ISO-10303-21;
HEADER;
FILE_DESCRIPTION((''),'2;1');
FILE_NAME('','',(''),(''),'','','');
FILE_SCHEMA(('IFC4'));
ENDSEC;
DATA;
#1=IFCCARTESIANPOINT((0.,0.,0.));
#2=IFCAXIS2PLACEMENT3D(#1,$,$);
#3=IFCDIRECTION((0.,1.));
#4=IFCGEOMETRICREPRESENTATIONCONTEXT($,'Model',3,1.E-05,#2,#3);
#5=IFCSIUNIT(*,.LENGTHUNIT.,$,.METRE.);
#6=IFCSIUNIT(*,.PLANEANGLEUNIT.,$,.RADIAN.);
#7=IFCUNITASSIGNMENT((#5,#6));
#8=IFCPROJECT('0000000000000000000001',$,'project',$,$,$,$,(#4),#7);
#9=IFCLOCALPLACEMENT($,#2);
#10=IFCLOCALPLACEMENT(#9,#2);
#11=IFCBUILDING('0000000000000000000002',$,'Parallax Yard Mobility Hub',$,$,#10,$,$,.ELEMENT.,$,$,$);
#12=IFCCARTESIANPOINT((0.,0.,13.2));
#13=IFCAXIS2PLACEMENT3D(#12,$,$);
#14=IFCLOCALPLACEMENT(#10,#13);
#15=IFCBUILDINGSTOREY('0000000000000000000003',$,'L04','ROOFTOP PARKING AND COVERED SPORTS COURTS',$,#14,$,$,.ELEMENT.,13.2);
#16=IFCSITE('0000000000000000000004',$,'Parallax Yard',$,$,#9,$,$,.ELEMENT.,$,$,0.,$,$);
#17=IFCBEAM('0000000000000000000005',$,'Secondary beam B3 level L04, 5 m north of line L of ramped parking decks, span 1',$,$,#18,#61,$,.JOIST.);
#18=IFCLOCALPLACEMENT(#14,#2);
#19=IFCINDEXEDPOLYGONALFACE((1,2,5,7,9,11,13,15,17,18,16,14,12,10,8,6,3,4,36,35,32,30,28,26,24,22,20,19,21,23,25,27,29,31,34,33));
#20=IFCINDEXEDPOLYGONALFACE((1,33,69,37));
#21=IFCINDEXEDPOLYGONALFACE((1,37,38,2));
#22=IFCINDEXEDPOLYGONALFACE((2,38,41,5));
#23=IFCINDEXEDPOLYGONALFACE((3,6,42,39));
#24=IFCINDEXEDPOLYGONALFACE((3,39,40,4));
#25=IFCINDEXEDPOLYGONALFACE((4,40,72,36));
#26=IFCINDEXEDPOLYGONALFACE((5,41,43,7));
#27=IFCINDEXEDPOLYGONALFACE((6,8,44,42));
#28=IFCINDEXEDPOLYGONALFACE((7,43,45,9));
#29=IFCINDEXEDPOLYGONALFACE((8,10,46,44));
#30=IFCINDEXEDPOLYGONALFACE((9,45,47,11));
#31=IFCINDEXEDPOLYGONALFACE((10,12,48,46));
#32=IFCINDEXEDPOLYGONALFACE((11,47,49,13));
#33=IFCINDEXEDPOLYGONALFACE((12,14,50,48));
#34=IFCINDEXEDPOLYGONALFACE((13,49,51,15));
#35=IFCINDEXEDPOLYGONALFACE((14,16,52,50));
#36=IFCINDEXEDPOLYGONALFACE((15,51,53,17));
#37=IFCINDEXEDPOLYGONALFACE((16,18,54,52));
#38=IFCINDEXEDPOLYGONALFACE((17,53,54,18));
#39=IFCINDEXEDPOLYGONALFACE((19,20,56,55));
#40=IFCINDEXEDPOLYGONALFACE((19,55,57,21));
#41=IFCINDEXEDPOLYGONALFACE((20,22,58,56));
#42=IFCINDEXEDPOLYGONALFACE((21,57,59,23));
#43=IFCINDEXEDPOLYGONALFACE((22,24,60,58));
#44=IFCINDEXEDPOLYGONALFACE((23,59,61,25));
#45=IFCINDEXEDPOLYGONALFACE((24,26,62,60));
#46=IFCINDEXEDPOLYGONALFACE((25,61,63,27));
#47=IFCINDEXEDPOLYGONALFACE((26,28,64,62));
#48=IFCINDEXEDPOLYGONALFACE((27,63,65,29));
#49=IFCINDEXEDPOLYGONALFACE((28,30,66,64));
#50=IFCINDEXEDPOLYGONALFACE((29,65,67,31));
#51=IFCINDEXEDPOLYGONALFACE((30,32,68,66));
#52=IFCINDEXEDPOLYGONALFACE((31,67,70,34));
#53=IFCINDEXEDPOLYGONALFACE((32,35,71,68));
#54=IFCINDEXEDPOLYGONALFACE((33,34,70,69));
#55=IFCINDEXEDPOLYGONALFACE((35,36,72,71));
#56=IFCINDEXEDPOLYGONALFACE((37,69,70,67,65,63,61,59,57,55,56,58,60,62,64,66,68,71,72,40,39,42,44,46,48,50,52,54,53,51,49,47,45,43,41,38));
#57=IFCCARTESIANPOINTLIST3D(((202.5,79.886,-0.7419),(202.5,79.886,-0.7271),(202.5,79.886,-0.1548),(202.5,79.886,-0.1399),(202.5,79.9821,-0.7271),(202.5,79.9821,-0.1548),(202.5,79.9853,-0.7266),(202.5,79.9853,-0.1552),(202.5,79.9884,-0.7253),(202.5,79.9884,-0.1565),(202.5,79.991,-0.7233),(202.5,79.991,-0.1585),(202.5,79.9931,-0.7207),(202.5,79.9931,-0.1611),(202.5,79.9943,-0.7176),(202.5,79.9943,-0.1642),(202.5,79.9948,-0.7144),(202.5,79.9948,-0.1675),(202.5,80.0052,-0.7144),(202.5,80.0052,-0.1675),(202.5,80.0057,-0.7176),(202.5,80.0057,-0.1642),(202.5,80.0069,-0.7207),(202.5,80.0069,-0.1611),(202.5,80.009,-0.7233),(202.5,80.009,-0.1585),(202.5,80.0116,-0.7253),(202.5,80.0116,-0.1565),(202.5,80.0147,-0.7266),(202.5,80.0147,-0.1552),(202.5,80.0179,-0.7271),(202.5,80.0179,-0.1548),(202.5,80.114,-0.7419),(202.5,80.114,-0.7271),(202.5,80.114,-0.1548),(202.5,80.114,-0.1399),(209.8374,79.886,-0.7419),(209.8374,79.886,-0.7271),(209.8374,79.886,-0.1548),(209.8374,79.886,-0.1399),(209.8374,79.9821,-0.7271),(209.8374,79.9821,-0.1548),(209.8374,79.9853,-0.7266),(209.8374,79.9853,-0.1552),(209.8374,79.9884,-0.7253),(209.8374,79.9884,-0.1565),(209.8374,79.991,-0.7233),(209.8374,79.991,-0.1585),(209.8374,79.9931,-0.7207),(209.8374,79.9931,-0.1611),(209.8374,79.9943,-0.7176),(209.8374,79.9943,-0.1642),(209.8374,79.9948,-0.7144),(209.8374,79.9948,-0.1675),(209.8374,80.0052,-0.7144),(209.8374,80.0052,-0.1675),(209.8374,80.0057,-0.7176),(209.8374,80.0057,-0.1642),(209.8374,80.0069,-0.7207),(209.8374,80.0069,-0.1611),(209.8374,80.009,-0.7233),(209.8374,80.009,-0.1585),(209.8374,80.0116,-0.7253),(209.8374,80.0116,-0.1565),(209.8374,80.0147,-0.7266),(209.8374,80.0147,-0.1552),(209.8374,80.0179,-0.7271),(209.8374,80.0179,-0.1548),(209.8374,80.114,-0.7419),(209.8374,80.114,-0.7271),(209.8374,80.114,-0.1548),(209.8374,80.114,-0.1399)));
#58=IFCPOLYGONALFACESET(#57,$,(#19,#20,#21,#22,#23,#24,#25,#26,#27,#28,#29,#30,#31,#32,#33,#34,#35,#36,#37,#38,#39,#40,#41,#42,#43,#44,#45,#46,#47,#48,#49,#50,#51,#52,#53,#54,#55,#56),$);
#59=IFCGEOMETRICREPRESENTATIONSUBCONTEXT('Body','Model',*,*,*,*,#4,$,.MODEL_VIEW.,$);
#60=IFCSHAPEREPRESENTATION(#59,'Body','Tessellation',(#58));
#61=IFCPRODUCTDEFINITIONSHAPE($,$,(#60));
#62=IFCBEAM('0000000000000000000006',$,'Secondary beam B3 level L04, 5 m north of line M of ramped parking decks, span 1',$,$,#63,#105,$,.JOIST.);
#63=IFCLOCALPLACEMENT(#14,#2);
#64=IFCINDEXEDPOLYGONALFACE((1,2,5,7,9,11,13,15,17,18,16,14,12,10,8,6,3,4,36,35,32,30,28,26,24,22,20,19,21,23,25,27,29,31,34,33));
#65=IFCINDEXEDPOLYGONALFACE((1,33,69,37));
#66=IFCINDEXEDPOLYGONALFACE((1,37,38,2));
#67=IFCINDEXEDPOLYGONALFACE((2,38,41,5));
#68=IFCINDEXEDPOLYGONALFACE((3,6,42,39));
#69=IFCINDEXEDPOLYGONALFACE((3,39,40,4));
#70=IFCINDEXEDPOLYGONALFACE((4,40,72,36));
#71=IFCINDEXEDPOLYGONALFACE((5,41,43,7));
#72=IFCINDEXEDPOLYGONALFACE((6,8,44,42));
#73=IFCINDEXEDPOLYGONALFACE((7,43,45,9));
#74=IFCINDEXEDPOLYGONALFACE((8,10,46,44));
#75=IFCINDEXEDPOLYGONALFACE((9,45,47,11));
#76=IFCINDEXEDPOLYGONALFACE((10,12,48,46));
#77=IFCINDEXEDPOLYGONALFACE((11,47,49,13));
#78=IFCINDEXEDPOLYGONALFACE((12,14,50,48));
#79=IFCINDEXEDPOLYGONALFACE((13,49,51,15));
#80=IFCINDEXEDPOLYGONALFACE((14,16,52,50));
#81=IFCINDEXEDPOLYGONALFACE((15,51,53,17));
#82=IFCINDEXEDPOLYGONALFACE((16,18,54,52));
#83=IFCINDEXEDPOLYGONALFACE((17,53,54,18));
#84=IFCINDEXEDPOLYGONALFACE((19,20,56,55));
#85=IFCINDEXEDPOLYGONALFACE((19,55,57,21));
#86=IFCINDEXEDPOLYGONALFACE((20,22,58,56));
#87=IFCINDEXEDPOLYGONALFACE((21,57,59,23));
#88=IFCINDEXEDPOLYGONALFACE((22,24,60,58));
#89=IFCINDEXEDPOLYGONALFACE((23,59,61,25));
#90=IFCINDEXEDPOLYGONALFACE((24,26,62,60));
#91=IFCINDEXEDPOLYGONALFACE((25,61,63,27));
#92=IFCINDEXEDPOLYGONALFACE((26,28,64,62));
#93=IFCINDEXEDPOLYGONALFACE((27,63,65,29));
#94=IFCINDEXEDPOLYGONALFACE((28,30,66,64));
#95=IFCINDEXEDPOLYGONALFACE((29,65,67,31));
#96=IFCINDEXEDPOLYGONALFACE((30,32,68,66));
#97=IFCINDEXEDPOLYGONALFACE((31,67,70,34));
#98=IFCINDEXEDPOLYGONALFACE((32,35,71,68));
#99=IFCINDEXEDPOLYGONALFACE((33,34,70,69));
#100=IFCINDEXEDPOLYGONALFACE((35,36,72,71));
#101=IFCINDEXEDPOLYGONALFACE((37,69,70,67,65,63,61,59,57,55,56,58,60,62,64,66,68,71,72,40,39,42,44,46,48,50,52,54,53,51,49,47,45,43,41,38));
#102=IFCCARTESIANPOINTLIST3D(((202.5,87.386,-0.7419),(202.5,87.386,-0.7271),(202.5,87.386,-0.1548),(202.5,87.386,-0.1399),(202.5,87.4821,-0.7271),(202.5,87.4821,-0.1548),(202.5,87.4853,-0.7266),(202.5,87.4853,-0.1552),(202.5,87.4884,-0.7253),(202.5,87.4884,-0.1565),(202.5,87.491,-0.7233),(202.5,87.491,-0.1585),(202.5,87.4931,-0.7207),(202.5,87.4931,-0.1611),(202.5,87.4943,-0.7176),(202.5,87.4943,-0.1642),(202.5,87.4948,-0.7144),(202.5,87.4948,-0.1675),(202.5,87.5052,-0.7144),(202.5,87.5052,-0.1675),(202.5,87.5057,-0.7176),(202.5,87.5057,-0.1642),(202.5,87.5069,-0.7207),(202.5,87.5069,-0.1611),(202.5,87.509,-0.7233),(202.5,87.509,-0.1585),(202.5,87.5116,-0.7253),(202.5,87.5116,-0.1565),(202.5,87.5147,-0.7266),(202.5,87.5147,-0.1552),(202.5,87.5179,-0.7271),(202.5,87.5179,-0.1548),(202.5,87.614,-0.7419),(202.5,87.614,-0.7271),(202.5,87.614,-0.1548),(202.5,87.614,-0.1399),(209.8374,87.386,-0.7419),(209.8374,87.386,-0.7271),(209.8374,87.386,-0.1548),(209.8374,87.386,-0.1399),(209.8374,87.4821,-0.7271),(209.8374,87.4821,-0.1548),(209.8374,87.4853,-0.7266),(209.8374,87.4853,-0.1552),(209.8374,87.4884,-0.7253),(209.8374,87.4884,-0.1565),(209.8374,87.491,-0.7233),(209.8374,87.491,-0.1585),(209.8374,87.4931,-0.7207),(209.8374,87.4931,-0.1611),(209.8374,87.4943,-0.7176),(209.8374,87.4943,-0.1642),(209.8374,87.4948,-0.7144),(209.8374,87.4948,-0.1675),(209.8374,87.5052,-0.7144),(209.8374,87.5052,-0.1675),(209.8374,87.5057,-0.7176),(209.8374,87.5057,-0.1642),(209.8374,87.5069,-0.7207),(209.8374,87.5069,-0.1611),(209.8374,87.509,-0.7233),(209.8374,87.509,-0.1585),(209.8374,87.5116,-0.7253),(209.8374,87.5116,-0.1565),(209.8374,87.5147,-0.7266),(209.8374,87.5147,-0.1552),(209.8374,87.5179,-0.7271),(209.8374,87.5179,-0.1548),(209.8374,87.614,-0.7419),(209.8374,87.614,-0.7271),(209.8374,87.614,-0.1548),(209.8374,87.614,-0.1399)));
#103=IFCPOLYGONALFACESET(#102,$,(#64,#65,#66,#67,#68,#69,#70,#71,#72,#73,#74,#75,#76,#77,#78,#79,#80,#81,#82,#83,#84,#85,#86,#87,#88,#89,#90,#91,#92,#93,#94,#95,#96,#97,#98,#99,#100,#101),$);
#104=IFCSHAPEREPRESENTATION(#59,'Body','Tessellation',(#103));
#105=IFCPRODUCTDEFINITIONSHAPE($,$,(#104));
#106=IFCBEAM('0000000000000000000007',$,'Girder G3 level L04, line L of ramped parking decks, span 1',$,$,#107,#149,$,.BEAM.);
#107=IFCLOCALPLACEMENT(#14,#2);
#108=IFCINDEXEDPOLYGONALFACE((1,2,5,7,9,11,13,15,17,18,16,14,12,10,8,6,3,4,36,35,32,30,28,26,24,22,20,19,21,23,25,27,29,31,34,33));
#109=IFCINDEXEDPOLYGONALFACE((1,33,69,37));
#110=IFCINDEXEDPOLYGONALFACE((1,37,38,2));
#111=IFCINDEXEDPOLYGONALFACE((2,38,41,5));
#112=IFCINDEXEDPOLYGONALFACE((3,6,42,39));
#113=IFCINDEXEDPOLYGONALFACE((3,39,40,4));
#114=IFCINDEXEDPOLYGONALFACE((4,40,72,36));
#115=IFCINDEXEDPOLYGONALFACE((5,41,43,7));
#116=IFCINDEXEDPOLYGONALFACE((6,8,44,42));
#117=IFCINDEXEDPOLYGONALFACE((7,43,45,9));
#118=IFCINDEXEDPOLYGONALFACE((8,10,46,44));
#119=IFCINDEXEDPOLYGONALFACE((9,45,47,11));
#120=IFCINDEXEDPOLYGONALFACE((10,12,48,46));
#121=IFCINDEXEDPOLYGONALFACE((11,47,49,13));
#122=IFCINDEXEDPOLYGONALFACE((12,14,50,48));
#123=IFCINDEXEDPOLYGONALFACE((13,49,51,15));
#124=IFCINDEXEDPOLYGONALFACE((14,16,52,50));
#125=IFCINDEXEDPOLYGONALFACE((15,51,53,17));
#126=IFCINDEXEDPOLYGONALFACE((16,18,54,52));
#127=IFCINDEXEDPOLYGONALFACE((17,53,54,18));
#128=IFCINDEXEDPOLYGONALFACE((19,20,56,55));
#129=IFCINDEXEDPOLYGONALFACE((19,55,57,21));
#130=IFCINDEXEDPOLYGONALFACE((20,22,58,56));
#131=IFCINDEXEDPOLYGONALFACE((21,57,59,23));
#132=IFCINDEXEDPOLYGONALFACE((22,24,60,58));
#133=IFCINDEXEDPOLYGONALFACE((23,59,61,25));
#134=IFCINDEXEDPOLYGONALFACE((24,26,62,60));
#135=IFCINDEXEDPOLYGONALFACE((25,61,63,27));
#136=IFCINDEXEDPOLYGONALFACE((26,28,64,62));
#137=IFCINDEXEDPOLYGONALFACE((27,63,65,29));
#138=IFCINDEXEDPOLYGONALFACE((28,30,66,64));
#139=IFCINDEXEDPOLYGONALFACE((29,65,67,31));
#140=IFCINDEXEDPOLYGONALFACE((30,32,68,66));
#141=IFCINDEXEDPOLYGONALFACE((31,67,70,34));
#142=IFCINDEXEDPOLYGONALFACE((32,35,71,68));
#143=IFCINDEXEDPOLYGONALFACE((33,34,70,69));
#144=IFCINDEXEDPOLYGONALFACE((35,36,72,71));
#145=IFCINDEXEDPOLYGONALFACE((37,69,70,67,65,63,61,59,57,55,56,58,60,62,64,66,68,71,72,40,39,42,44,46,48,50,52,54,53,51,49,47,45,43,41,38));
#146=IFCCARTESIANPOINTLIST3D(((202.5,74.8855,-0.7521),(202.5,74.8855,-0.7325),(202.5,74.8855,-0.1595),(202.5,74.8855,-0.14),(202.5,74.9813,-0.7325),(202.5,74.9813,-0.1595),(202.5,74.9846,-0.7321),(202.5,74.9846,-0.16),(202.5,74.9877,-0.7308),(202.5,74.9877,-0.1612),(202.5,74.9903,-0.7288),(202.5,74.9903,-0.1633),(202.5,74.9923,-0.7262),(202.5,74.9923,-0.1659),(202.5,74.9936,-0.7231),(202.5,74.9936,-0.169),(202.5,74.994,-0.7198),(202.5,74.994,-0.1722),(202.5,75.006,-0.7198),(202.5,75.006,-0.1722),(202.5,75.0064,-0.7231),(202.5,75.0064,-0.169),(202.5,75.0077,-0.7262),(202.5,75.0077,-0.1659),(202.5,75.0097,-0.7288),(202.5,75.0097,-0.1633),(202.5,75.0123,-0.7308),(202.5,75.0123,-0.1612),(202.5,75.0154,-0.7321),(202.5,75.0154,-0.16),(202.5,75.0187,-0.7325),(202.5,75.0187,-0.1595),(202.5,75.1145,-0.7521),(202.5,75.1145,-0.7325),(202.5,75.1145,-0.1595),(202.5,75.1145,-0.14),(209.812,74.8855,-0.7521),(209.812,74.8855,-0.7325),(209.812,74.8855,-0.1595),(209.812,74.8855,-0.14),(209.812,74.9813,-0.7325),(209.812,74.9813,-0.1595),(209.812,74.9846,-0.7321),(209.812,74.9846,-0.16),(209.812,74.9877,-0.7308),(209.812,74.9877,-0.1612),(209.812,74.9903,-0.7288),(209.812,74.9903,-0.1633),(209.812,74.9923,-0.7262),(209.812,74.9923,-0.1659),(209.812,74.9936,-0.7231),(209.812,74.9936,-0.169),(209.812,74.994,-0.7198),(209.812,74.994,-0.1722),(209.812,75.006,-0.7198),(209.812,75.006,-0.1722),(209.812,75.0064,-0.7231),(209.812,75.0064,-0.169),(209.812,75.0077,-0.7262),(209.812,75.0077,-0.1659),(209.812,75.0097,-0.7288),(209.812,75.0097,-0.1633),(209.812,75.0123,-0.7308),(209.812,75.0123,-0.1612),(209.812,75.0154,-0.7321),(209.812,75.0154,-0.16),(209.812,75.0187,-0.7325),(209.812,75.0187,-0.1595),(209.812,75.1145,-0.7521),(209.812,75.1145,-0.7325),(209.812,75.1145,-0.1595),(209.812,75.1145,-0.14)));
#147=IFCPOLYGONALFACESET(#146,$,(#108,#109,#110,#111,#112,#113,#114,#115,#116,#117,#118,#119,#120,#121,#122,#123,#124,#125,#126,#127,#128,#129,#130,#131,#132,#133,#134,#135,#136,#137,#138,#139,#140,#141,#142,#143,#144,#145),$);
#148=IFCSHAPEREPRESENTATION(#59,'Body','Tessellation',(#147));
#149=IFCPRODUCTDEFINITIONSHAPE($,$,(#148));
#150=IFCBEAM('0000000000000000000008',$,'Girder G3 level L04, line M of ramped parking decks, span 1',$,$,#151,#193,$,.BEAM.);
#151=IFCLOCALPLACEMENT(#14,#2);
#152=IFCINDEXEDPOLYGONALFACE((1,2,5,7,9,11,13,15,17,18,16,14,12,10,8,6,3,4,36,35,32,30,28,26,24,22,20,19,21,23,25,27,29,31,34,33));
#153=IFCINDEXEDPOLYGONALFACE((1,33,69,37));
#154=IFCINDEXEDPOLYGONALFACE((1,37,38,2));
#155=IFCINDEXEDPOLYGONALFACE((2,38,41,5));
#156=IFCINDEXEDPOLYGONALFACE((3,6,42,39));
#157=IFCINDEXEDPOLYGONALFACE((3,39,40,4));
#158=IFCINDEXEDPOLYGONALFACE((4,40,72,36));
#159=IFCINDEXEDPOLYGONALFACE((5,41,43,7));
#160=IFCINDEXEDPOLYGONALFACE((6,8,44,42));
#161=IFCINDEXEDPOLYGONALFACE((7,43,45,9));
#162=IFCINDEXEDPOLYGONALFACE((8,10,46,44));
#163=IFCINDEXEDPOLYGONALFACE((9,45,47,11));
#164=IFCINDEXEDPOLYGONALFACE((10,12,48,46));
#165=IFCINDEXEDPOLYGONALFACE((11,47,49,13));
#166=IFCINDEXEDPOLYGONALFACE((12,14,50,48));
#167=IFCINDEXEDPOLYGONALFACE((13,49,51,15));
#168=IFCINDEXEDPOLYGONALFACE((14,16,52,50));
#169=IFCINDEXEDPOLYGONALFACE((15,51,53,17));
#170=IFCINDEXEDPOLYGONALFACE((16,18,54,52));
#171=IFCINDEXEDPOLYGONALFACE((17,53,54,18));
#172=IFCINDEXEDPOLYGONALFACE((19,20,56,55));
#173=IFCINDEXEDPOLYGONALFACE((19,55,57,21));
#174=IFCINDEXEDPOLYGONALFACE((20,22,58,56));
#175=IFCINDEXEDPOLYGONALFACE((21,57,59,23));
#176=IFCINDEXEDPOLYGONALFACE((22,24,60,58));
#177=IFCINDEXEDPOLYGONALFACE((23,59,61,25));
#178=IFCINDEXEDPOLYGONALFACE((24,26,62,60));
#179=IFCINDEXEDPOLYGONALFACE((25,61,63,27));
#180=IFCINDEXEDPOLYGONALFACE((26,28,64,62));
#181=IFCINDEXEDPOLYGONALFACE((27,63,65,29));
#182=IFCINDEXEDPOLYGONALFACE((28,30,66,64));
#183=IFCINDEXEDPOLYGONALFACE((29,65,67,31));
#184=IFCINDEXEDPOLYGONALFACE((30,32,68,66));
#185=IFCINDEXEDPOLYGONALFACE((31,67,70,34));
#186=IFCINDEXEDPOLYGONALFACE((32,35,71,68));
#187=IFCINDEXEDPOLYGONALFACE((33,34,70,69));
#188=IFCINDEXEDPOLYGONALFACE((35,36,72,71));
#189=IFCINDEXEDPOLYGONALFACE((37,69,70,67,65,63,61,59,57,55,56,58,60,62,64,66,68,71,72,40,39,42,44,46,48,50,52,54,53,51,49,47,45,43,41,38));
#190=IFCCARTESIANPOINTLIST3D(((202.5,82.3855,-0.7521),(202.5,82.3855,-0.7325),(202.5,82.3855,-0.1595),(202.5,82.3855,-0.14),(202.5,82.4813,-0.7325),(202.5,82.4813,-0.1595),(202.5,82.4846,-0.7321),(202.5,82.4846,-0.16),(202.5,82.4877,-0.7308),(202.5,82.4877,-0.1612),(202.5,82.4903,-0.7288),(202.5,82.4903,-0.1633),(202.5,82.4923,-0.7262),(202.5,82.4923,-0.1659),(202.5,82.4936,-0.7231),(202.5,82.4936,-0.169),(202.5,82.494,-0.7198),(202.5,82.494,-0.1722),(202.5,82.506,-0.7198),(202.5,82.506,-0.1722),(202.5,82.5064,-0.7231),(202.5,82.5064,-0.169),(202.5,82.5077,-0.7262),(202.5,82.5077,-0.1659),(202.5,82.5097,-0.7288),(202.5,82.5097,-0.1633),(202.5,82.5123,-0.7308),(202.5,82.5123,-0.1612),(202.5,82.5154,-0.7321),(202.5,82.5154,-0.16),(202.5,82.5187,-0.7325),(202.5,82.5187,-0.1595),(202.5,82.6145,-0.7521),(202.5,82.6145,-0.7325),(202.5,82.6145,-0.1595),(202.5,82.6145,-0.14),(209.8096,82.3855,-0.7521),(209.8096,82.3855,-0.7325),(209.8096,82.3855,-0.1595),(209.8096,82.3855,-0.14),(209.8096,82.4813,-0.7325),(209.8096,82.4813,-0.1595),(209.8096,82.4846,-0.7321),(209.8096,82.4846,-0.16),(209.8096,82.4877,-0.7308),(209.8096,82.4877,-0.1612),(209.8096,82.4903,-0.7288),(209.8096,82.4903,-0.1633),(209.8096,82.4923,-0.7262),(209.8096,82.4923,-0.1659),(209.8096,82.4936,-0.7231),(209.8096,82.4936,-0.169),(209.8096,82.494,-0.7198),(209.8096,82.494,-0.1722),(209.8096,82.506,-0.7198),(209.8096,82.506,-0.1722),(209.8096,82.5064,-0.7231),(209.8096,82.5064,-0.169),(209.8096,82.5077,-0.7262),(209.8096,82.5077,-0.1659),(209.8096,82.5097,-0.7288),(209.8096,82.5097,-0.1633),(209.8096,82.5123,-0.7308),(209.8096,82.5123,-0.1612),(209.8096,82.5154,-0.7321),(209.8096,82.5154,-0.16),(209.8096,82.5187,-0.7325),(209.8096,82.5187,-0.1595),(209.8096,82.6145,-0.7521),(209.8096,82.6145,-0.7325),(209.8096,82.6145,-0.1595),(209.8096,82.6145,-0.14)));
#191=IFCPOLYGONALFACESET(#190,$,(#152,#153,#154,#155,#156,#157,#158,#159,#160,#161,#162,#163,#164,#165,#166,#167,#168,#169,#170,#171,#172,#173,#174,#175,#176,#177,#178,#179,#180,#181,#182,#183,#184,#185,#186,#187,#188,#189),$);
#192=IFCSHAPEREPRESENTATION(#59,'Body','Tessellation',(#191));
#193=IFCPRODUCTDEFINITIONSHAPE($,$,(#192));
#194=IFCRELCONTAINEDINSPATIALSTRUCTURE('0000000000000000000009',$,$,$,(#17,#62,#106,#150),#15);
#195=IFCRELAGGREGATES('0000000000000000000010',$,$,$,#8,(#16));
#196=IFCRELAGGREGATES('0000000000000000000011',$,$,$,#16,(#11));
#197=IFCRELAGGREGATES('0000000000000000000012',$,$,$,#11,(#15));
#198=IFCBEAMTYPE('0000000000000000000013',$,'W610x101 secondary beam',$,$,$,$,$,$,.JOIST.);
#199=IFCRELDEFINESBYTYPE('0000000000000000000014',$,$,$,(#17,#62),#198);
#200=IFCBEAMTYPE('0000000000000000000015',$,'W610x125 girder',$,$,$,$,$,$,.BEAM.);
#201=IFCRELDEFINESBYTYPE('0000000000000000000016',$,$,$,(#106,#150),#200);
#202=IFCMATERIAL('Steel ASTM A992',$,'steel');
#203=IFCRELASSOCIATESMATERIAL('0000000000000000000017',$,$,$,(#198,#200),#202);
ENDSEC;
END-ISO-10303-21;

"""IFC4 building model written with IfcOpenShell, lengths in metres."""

from ifc_helpers import new_model, si_unit, direction, frame, origin, origin_2d, place, context, subcontext, project, spatial, i_section, extrude, material, material_profile, profile_set, type_object, element, save


model = new_model("IFC4")

# Units and contexts
model_context = context("Model", 3, precision=1e-05, world=origin(), true_north=direction((0.0, 1.0)))
body_context = subcontext(model_context, "Body", "Model", "MODEL_VIEW")
ifc_project = project(units=[si_unit("LENGTHUNIT", "METRE"), si_unit("PLANEANGLEUNIT", "RADIAN")], contexts=[model_context])

# Site, building, storey
site_placement = place(None, origin())
site = spatial("IfcSite", under=ifc_project, at=site_placement, Name="Parallax Yard", CompositionType="ELEMENT", RefElevation=0.0)
building_placement = place(site_placement, origin())
building = spatial("IfcBuilding", under=site, at=building_placement, Name="Parallax Yard Mobility Hub", CompositionType="ELEMENT")
storey_placement = place(building_placement, frame((0.0, 0.0, 13.2)))
storey = spatial("IfcBuildingStorey", under=building, at=storey_placement, Name="L04", Description="ROOFTOP PARKING AND COVERED SPORTS COURTS", CompositionType="ELEMENT", Elevation=13.2)

# Beams
ifc_material_1 = material(Name="Steel ASTM A992", Category="steel")
ifc_material_profile_1 = material_profile(ifc_material_1, i_section(OverallWidth=0.228, OverallDepth=0.6021, WebThickness=0.0105, FlangeThickness=0.0149, FilletRadius=0.0127, at=origin_2d()), Name="W610x101")
ifc_profile_set_1 = profile_set([ifc_material_profile_1], Name="Steel ASTM A992")
beam_type_1 = type_object("IfcBeamType", Name="W610x101 secondary beam", PredefinedType="JOIST", material=ifc_profile_set_1)
for number, where, z_axis, x_axis, name in (
    (1, (202.5, 80.0, -0.4409), (1.0, 0.0, 0.0), (0.0, 1.0, 0.0), "Secondary beam B3 level L04, 5 m north of line L of ramped parking decks, span 1"),
    (2, (202.5, 87.5, -0.4409), (1.0, 0.0, 0.0), (0.0, 1.0, 0.0), "Secondary beam B3 level L04, 5 m north of line M of ramped parking decks, span 1"),
):
    element("IfcBeam", number, at=place(storey_placement, frame(where, z_axis=z_axis, x_axis=x_axis)), inside=storey, type_object=beam_type_1, Name=name, PredefinedType="JOIST", context=body_context, shape_type="SweptSolid", body=[
        extrude(i_section(OverallWidth=0.228, OverallDepth=0.6021, WebThickness=0.0105, FlangeThickness=0.0149, FilletRadius=0.0127, at=origin_2d()), origin(), (0.0, 0.0, 1.0), 7.3374),
    ])
ifc_material_profile_2 = material_profile(ifc_material_1, i_section(OverallWidth=0.229, OverallDepth=0.6121, WebThickness=0.012, FlangeThickness=0.0195, FilletRadius=0.0127, at=origin_2d()), Name="W610x125")
ifc_profile_set_2 = profile_set([ifc_material_profile_2], Name="Steel ASTM A992")
beam_type_2 = type_object("IfcBeamType", Name="W610x125 girder", PredefinedType="BEAM", material=ifc_profile_set_2)
beam_1_placement = place(storey_placement, frame((202.5, 75.0, -0.446), z_axis=(1.0, 0.0, 0.0), x_axis=(0.0, 1.0, 0.0)))
element("IfcBeam", 3, at=beam_1_placement, inside=storey, type_object=beam_type_2, Name="Girder G3 level L04, line L of ramped parking decks, span 1", PredefinedType="BEAM", context=body_context, shape_type="SweptSolid", body=[
    extrude(i_section(OverallWidth=0.229, OverallDepth=0.6121, WebThickness=0.012, FlangeThickness=0.0195, FilletRadius=0.0127, at=origin_2d()), origin(), (0.0, 0.0, 1.0), 7.312),
])
beam_2_placement = place(storey_placement, frame((202.5, 82.5, -0.446), z_axis=(1.0, 0.0, 0.0), x_axis=(0.0, 1.0, 0.0)))
element("IfcBeam", 4, at=beam_2_placement, inside=storey, type_object=beam_type_2, Name="Girder G3 level L04, line M of ramped parking decks, span 1", PredefinedType="BEAM", context=body_context, shape_type="SweptSolid", body=[
    extrude(i_section(OverallWidth=0.229, OverallDepth=0.6121, WebThickness=0.012, FlangeThickness=0.0195, FilletRadius=0.0127, at=origin_2d()), origin(), (0.0, 0.0, 1.0), 7.3096),
])

save(model, "model.ifc")
